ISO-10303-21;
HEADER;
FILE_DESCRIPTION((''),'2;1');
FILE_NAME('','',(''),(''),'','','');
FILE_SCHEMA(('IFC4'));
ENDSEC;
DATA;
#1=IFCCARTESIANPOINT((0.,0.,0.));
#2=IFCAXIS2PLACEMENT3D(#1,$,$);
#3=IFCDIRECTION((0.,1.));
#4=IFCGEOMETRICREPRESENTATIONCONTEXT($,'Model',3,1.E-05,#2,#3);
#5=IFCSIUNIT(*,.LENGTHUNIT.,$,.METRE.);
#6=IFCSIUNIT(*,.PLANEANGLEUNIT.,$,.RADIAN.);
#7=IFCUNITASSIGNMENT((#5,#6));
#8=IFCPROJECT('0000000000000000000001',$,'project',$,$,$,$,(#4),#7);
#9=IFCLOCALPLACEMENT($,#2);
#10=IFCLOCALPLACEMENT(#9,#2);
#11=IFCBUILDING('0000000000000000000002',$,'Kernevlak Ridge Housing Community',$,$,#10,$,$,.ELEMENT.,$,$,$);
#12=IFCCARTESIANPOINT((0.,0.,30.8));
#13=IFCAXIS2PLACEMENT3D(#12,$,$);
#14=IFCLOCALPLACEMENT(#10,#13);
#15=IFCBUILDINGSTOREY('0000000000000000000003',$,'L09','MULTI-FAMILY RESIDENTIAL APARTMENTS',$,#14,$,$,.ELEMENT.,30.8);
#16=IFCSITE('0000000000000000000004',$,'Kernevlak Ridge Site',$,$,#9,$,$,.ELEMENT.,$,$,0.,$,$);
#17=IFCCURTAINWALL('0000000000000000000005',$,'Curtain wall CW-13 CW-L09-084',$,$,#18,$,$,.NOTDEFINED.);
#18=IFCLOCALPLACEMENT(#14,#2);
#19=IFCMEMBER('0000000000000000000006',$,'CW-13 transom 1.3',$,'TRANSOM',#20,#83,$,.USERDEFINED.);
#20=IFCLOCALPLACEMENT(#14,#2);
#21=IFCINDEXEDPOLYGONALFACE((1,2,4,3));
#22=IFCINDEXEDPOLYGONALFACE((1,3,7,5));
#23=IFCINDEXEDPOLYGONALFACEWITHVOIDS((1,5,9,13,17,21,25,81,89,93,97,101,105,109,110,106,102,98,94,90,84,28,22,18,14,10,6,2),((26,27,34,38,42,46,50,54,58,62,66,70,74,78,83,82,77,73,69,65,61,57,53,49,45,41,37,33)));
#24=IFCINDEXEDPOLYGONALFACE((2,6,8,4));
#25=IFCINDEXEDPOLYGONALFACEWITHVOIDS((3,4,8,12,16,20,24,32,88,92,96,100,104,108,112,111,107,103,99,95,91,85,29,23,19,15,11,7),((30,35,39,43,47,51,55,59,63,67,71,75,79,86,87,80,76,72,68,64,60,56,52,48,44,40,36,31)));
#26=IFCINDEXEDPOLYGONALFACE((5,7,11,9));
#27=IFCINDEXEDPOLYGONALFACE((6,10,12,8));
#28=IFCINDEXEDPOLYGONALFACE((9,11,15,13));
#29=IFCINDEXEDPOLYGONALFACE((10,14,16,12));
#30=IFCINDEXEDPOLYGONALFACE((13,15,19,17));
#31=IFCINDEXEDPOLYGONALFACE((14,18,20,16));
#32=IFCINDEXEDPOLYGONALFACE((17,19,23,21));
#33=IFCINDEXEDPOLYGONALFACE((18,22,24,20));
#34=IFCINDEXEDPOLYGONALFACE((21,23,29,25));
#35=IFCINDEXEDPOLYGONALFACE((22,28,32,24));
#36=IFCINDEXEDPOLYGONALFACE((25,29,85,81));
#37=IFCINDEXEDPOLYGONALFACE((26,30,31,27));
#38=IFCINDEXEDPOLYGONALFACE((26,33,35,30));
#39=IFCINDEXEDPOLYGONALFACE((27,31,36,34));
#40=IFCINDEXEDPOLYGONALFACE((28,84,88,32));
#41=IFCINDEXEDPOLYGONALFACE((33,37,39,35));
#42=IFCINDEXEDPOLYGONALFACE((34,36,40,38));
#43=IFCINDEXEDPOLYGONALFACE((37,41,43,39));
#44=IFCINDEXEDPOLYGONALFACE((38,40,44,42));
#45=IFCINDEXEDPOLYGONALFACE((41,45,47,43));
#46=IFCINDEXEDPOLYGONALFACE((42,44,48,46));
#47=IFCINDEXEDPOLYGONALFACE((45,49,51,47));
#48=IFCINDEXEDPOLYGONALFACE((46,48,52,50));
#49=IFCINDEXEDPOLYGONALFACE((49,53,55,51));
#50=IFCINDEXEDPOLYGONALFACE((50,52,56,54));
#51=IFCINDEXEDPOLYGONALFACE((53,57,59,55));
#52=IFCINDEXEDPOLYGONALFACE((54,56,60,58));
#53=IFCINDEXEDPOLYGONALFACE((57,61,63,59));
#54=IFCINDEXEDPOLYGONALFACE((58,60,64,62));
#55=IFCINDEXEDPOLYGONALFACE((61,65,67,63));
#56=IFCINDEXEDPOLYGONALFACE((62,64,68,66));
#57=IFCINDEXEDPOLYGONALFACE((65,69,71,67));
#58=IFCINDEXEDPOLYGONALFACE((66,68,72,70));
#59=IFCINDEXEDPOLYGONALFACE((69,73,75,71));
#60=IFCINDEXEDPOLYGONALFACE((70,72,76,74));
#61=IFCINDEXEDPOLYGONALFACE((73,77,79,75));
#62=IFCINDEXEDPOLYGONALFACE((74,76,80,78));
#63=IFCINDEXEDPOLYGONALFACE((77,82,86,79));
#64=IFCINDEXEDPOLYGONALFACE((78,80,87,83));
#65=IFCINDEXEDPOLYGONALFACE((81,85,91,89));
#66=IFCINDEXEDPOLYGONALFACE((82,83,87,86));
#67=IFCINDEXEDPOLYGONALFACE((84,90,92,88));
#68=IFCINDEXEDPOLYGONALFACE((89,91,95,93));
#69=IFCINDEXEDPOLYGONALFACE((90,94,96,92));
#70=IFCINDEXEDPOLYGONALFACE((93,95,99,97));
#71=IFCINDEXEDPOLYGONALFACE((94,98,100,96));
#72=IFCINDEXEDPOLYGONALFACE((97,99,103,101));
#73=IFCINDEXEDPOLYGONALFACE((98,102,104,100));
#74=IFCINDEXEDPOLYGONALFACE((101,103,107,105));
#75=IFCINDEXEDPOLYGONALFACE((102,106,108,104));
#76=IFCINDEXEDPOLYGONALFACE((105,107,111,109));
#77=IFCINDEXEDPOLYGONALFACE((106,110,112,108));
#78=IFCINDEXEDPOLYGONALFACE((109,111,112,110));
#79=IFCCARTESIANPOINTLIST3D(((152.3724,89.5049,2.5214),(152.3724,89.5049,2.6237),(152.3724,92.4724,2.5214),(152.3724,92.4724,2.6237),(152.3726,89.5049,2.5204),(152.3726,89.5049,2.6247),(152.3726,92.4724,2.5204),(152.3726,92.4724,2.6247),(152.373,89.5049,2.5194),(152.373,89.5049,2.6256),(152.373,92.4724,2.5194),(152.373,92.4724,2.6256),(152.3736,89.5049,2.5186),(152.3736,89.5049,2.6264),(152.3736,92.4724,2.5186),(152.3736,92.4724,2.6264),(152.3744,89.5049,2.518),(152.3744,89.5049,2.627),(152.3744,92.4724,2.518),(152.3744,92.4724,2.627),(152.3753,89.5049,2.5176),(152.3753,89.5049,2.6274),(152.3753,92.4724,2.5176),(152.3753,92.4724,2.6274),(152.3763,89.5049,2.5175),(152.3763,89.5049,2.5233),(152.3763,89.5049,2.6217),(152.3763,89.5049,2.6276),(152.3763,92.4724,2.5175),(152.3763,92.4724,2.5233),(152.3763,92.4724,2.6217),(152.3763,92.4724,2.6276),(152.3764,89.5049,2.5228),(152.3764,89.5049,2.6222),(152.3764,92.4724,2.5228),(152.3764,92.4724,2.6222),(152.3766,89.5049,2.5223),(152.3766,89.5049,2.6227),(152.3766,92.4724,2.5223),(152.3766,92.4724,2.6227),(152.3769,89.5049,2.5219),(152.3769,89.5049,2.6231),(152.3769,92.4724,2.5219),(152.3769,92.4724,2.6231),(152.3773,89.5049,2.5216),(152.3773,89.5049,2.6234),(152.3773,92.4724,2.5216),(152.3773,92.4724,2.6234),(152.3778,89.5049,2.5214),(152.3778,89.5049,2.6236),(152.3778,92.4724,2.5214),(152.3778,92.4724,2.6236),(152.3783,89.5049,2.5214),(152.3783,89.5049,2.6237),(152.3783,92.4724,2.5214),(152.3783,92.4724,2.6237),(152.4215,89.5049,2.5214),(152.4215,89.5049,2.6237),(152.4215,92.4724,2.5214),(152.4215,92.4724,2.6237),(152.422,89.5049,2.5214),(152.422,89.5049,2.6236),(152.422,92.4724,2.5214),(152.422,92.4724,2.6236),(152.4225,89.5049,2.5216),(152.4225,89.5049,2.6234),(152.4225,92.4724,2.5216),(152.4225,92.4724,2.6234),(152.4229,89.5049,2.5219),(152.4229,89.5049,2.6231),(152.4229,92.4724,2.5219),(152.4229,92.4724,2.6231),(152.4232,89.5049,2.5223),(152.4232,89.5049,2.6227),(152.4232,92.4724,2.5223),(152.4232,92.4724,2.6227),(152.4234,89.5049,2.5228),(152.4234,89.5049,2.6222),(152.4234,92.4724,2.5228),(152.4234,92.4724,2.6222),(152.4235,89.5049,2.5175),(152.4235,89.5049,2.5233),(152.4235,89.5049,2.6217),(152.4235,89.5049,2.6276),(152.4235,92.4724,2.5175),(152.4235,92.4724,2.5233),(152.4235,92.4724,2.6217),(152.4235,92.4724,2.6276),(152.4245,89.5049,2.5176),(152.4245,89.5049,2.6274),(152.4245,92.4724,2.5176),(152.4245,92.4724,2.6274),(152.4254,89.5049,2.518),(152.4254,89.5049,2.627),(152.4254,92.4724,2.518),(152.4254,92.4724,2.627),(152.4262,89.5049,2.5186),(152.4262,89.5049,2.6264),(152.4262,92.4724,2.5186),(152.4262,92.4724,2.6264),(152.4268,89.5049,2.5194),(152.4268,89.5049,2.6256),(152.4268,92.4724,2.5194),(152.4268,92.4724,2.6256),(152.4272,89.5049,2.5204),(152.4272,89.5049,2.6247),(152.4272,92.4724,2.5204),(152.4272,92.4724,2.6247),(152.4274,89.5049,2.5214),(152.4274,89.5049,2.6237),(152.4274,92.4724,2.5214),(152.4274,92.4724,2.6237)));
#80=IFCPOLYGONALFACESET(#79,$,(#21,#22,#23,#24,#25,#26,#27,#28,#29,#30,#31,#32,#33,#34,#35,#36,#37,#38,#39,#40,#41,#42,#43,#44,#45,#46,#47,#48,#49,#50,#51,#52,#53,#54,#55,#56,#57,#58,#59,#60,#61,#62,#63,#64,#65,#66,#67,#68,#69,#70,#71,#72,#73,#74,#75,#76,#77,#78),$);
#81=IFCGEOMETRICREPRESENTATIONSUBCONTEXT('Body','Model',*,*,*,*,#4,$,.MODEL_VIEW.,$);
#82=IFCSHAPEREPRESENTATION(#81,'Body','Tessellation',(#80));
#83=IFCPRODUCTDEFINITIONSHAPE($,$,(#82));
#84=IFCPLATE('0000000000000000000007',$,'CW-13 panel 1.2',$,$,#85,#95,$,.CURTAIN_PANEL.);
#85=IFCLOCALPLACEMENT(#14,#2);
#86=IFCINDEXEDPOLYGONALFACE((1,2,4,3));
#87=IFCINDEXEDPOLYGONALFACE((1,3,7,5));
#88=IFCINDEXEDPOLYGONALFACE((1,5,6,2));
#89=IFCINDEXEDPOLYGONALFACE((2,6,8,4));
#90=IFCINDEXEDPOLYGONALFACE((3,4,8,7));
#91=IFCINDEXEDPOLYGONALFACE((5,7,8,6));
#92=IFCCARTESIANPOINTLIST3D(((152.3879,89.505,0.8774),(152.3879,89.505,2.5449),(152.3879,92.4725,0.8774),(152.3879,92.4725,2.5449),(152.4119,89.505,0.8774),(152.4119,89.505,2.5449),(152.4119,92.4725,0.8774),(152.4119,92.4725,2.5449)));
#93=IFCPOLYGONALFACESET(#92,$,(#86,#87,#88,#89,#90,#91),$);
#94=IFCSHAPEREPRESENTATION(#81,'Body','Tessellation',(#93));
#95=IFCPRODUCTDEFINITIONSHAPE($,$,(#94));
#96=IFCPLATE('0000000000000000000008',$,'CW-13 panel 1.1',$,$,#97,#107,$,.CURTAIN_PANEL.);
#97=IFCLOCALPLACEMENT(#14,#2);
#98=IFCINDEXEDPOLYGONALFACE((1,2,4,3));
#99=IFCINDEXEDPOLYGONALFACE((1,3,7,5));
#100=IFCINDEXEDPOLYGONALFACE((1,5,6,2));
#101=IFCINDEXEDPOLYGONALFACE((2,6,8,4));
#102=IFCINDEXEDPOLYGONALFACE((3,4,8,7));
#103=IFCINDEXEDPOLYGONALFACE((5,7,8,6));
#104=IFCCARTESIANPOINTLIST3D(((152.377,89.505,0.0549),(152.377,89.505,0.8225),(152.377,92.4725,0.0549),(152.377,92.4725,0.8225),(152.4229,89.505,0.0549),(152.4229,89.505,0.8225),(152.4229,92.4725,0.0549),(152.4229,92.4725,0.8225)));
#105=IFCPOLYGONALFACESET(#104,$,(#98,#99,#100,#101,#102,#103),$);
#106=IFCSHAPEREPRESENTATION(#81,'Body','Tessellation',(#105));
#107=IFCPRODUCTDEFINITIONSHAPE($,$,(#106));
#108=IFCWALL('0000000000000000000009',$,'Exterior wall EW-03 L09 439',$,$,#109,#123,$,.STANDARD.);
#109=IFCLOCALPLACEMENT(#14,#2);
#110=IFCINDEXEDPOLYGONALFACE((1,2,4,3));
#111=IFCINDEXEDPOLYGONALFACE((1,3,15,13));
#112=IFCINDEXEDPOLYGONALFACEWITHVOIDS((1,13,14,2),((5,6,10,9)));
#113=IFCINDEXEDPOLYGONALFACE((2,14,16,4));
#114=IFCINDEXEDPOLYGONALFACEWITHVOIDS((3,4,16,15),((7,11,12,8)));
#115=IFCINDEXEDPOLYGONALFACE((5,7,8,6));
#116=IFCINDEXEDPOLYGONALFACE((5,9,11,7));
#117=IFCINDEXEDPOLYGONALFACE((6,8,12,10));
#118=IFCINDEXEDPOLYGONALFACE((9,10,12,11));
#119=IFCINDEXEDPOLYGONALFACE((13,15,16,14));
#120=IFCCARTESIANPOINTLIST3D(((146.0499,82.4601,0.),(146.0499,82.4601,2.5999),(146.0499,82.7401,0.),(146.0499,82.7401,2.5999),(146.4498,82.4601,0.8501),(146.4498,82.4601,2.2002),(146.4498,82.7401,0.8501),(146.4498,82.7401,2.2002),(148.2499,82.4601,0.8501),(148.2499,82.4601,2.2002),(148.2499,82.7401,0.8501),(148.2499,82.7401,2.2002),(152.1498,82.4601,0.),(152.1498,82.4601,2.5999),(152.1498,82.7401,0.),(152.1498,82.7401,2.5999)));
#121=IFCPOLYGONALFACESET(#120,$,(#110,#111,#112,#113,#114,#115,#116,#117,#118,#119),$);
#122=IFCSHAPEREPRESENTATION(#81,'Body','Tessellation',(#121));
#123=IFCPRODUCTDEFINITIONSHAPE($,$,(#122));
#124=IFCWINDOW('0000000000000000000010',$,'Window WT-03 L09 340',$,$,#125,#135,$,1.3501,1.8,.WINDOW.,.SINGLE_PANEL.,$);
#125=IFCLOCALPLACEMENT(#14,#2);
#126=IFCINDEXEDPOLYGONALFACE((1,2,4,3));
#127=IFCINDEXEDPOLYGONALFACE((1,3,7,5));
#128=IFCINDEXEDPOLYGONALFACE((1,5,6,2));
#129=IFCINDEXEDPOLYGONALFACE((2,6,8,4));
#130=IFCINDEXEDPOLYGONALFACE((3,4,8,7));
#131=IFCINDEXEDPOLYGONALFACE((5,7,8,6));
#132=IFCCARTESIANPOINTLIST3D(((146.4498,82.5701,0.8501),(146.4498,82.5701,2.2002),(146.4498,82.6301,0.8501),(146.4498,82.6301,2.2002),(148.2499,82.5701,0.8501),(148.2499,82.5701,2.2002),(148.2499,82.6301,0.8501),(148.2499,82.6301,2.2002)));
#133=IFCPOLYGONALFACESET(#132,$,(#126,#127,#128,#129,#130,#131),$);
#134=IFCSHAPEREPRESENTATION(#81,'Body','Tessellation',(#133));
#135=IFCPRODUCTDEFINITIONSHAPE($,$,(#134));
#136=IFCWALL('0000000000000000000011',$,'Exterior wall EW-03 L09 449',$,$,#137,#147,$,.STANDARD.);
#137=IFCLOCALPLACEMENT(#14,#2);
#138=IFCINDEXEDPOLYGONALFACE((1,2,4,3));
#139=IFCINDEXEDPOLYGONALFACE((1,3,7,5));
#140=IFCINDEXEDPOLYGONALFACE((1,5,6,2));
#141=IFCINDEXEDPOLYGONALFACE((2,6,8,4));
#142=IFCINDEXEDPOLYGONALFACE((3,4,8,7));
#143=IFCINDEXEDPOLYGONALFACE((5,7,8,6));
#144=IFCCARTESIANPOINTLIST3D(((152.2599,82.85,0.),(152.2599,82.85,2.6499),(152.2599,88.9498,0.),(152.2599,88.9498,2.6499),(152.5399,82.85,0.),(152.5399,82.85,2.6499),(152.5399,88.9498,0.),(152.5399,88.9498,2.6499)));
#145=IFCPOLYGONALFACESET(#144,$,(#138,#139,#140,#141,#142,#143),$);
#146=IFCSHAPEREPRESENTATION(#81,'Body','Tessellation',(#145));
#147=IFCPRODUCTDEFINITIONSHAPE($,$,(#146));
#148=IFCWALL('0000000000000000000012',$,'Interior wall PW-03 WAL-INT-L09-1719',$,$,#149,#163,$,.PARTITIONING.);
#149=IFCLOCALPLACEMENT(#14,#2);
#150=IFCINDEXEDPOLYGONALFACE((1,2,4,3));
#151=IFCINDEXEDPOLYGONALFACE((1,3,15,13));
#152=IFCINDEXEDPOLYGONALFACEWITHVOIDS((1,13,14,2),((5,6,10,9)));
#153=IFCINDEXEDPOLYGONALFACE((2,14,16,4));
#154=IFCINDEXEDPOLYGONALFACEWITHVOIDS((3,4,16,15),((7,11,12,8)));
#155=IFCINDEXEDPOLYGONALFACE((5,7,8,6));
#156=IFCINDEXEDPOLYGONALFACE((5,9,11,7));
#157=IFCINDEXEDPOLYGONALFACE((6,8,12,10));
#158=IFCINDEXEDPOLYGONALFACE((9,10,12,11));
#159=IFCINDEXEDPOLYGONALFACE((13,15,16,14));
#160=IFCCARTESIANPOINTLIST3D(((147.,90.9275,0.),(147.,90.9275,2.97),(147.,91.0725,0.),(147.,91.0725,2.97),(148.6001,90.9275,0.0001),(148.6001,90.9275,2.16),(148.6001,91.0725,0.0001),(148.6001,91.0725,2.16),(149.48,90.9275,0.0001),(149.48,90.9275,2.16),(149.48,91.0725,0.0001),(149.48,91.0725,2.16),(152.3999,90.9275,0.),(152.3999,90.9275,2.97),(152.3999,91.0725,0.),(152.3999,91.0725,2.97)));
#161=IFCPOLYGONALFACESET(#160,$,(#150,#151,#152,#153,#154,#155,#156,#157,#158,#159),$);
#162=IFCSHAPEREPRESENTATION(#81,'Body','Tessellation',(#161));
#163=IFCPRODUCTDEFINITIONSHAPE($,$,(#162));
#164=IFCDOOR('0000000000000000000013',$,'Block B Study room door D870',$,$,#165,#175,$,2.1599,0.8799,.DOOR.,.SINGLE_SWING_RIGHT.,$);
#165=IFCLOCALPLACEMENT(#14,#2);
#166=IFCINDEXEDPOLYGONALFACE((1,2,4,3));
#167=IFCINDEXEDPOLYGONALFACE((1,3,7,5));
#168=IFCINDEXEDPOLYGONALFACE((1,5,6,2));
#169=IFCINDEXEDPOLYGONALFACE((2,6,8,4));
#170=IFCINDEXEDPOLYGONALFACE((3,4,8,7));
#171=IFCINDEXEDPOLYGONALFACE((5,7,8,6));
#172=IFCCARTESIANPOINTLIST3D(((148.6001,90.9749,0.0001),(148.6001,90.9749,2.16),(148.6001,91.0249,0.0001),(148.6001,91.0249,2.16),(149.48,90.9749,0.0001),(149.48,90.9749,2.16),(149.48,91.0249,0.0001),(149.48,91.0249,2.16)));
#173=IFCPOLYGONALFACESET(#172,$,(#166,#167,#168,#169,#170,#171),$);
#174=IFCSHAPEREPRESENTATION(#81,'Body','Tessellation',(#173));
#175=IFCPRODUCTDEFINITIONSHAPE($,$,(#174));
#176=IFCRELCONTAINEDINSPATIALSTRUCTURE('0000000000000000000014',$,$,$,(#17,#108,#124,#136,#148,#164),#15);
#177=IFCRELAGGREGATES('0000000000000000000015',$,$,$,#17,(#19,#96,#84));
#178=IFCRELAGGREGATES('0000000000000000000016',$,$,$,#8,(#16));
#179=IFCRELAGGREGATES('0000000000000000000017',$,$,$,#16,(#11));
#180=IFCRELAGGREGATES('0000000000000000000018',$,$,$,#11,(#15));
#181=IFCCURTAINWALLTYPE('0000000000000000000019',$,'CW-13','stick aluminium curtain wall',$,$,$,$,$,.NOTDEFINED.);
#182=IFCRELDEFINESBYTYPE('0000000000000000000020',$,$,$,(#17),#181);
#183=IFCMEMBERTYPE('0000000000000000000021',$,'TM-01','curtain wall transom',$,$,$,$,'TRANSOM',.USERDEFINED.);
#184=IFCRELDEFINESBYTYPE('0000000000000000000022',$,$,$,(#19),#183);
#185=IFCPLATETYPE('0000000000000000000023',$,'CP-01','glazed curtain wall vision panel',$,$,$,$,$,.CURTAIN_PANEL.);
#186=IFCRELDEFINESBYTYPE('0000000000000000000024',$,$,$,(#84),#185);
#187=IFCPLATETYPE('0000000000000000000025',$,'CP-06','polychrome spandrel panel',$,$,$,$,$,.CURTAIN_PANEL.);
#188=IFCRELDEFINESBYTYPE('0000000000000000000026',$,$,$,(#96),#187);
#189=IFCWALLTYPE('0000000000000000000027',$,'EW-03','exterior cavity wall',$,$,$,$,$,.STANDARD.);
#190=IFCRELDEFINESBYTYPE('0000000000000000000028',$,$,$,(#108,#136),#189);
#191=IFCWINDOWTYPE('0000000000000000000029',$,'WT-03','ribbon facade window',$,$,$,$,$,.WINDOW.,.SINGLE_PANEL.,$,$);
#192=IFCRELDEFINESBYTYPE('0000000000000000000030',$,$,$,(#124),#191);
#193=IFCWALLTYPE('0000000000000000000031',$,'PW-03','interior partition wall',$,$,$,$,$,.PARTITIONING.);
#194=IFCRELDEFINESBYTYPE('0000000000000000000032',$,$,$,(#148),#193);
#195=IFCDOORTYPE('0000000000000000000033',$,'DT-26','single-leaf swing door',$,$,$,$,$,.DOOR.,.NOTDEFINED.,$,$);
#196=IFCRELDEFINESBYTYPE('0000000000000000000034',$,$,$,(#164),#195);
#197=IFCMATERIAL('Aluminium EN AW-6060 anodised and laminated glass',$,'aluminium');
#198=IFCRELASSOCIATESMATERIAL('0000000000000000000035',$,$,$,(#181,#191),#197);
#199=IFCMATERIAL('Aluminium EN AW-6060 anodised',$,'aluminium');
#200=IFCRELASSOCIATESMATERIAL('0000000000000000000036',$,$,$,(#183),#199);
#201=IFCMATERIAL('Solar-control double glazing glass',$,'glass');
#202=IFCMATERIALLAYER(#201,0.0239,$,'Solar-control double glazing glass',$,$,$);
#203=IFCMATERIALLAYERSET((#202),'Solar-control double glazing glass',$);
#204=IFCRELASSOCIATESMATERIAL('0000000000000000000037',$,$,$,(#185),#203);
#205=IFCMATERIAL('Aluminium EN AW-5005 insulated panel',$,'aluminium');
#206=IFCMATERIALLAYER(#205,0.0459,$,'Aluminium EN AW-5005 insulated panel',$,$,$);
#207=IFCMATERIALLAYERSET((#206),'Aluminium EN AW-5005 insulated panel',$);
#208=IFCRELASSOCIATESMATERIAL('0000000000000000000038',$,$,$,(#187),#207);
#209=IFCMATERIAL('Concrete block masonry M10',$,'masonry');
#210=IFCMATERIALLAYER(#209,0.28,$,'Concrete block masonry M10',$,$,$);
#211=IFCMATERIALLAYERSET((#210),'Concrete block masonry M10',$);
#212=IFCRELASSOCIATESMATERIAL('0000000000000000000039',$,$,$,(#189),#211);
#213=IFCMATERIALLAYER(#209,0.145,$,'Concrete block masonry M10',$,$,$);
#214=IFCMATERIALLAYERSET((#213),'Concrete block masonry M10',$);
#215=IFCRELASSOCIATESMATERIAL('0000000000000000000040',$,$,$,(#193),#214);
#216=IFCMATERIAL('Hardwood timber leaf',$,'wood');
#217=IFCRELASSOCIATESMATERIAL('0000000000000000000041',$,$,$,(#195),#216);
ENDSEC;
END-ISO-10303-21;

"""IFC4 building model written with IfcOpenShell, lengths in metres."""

from ifc_helpers import new_model, si_unit, direction, frame, frame_2d, origin, origin_2d, place, context, subcontext, project, spatial, rectangle, hollow_rectangle, extrude, material, layer, layer_set, material_profile, profile_set, type_object, element, fill, aggregate, save


model = new_model("IFC4")

# Units and contexts
model_context = context("Model", 3, precision=1e-05, world=origin(), true_north=direction((0.0, 1.0)))
body_context = subcontext(model_context, "Body", "Model", "MODEL_VIEW")
ifc_project = project(units=[si_unit("LENGTHUNIT", "METRE"), si_unit("PLANEANGLEUNIT", "RADIAN")], contexts=[model_context])

# Site, building, storey
site_placement = place(None, origin())
site = spatial("IfcSite", under=ifc_project, at=site_placement, Name="Kernevlak Ridge Site", CompositionType="ELEMENT", RefElevation=0.0)
building_placement = place(site_placement, origin())
building = spatial("IfcBuilding", under=site, at=building_placement, Name="Kernevlak Ridge Housing Community", CompositionType="ELEMENT")
storey_placement = place(building_placement, frame((0.0, 0.0, 30.8)))
storey = spatial("IfcBuildingStorey", under=building, at=storey_placement, Name="L09", Description="MULTI-FAMILY RESIDENTIAL APARTMENTS", CompositionType="ELEMENT", Elevation=30.8)

# Curtain wall
ifc_material_1 = material(Name="Aluminium EN AW-6060 anodised and laminated glass", Category="aluminium")
curtain_wall_type = type_object("IfcCurtainWallType", Name="CW-13", Description="stick aluminium curtain wall", PredefinedType="NOTDEFINED", material=ifc_material_1)
curtain_wall_placement = place(storey_placement, origin())
curtain_wall = element("IfcCurtainWall", 1, at=curtain_wall_placement, inside=storey, type_object=curtain_wall_type, Name="Curtain wall CW-13 CW-L09-084", PredefinedType="NOTDEFINED")
ifc_material_2 = material(Name="Aluminium EN AW-6060 anodised", Category="aluminium")

# Member
ifc_material_profile_1 = material_profile(ifc_material_2, hollow_rectangle(XDim=0.0549, YDim=0.1101, WallThickness=0.0039, InnerFilletRadius=0.002, OuterFilletRadius=0.0039, at=origin_2d()), Name="ALU 55x110x4")
ifc_profile_set_1 = profile_set([ifc_material_profile_1], Name="Aluminium EN AW-6060 anodised")
member_type_1 = type_object("IfcMemberType", Name="TM-01", Description="curtain wall transom", ElementType="TRANSOM", PredefinedType="USERDEFINED", material=ifc_profile_set_1)
member_1_placement = place(storey_placement, frame((152.3999, 89.5049, 2.5725), z_axis=(0.0, 1.0, 0.0), x_axis=(-1.0, 0.0, 0.0)))
member_1 = element("IfcMember", 2, at=member_1_placement, type_object=member_type_1, Name="CW-13 transom 1.3", ObjectType="TRANSOM", PredefinedType="USERDEFINED", context=body_context, shape_type="SweptSolid", body=[
    extrude(hollow_rectangle(XDim=0.0549, YDim=0.1101, WallThickness=0.0039, InnerFilletRadius=0.002, OuterFilletRadius=0.0039, at=origin_2d()), origin(), (0.0, 0.0, 1.0), 2.9675),
])

# Plates
ifc_material_3 = material(Name="Solar-control double glazing glass", Category="glass")
ifc_layer_1 = layer(ifc_material_3, 0.0239, Name="Solar-control double glazing glass")
ifc_layer_set_1 = layer_set([ifc_layer_1], Name="Solar-control double glazing glass")
plate_type_1 = type_object("IfcPlateType", Name="CP-01", Description="glazed curtain wall vision panel", PredefinedType="CURTAIN_PANEL", material=ifc_layer_set_1)
plate_1_placement = place(storey_placement, frame((152.3999, 90.9888, 0.8774), z_axis=(0.0, 0.0, 1.0), x_axis=(0.0, 1.0, 0.0)))
plate_1 = element("IfcPlate", 3, at=plate_1_placement, type_object=plate_type_1, Name="CW-13 panel 1.2", PredefinedType="CURTAIN_PANEL", context=body_context, shape_type="SweptSolid", body=[
    extrude(rectangle(XDim=2.9675, YDim=0.0239, at=origin_2d()), origin(), (0.0, 0.0, 1.0), 1.6675),
])
ifc_material_4 = material(Name="Aluminium EN AW-5005 insulated panel", Category="aluminium")
ifc_layer_2 = layer(ifc_material_4, 0.0459, Name="Aluminium EN AW-5005 insulated panel")
ifc_layer_set_2 = layer_set([ifc_layer_2], Name="Aluminium EN AW-5005 insulated panel")
plate_type_2 = type_object("IfcPlateType", Name="CP-06", Description="polychrome spandrel panel", PredefinedType="CURTAIN_PANEL", material=ifc_layer_set_2)
plate_2_placement = place(storey_placement, frame((152.3999, 90.9888, 0.0549), z_axis=(0.0, 0.0, 1.0), x_axis=(0.0, 1.0, 0.0)))
plate_2 = element("IfcPlate", 4, at=plate_2_placement, type_object=plate_type_2, Name="CW-13 panel 1.1", PredefinedType="CURTAIN_PANEL", context=body_context, shape_type="SweptSolid", body=[
    extrude(rectangle(XDim=2.9675, YDim=0.0459, at=origin_2d()), origin(), (0.0, 0.0, 1.0), 0.7676),
])
aggregate(curtain_wall, [member_1, plate_2, plate_1])

# Wall, opening, window
ifc_material_5 = material(Name="Concrete block masonry M10", Category="masonry")
ifc_layer_3 = layer(ifc_material_5, 0.28, Name="Concrete block masonry M10")
ifc_layer_set_3 = layer_set([ifc_layer_3], Name="Concrete block masonry M10")
wall_type_1 = type_object("IfcWallType", Name="EW-03", Description="exterior cavity wall", PredefinedType="STANDARD", material=ifc_layer_set_3)
wall_1_placement = place(storey_placement, frame((146.05, 82.6001, 0.0), z_axis=(0.0, 0.0, 1.0), x_axis=(1.0, 0.0, 0.0)))
wall_1 = element("IfcWall", 5, at=wall_1_placement, inside=storey, type_object=wall_type_1, Name="Exterior wall EW-03 L09 439", PredefinedType="STANDARD", context=body_context, shape_type="SweptSolid", body=[
    extrude(rectangle(XDim=6.0999, YDim=0.28, at=frame_2d((3.0498, 0.0))), origin(), (0.0, 0.0, 1.0), 2.5999),
])
opening_1_placement = place(wall_1_placement, frame((0.3999, 0.0, 0.8501)))
opening_1 = element("IfcOpeningElement", 6, at=opening_1_placement, cuts=wall_1, PredefinedType="OPENING", context=body_context, shape_type="SweptSolid", body=[
    extrude(rectangle(XDim=1.8, YDim=1.3501, at=frame_2d((0.8999, 0.675))), frame((0.0, 0.1499, 0.0), z_axis=(0.0, -1.0, 0.0), x_axis=(1.0, 0.0, 0.0)), (0.0, 0.0, 1.0), 0.3),
])
window_type = type_object("IfcWindowType", Name="WT-03", Description="ribbon facade window", PartitioningType="SINGLE_PANEL", PredefinedType="WINDOW", material=ifc_material_1)
window_placement = place(opening_1_placement, origin())
window = element("IfcWindow", 7, at=window_placement, inside=storey, type_object=window_type, Name="Window WT-03 L09 340", OverallHeight=1.3501, OverallWidth=1.8, PartitioningType="SINGLE_PANEL", PredefinedType="WINDOW", context=body_context, shape_type="SweptSolid", body=[
    extrude(rectangle(XDim=1.8, YDim=1.3501, at=frame_2d((0.8999, 0.675))), frame((0.0, 0.03, 0.0), z_axis=(0.0, -1.0, 0.0), x_axis=(1.0, 0.0, 0.0)), (0.0, 0.0, 1.0), 0.0601),
])
fill(opening_1, window)

# Wall
wall_2_placement = place(storey_placement, frame((152.3999, 82.8501, 0.0), z_axis=(0.0, 0.0, 1.0), x_axis=(0.0, 1.0, 0.0)))
element("IfcWall", 8, at=wall_2_placement, inside=storey, type_object=wall_type_1, Name="Exterior wall EW-03 L09 449", PredefinedType="STANDARD", context=body_context, shape_type="SweptSolid", body=[
    extrude(rectangle(XDim=6.0999, YDim=0.28, at=frame_2d((3.0498, 0.0))), origin(), (0.0, 0.0, 1.0), 2.6499),
])

# Wall, opening, door
ifc_layer_4 = layer(ifc_material_5, 0.145, Name="Concrete block masonry M10")
ifc_layer_set_4 = layer_set([ifc_layer_4], Name="Concrete block masonry M10")
wall_type_2 = type_object("IfcWallType", Name="PW-03", Description="interior partition wall", PredefinedType="PARTITIONING", material=ifc_layer_set_4)
wall_3_placement = place(storey_placement, frame((147.0, 91.0, 0.0), z_axis=(0.0, 0.0, 1.0), x_axis=(1.0, 0.0, 0.0)))
wall_3 = element("IfcWall", 9, at=wall_3_placement, inside=storey, type_object=wall_type_2, Name="Interior wall PW-03 WAL-INT-L09-1719", PredefinedType="PARTITIONING", context=body_context, shape_type="SweptSolid", body=[
    extrude(rectangle(XDim=5.3999, YDim=0.145, at=frame_2d((2.7, 0.0))), origin(), (0.0, 0.0, 1.0), 2.97),
])
opening_2_placement = place(wall_3_placement, frame((1.6001, 0.0, 0.0)))
opening_2 = element("IfcOpeningElement", 10, at=opening_2_placement, cuts=wall_3, PredefinedType="OPENING", context=body_context, shape_type="SweptSolid", body=[
    extrude(rectangle(XDim=0.8799, YDim=2.1599, at=frame_2d((0.4399, 1.0801))), frame((0.0, 0.0825, 0.0), z_axis=(0.0, -1.0, 0.0), x_axis=(1.0, 0.0, 0.0)), (0.0, 0.0, 1.0), 0.165),
])
ifc_material_6 = material(Name="Hardwood timber leaf", Category="wood")
door_type_1 = type_object("IfcDoorType", Name="DT-26", Description="single-leaf swing door", OperationType="NOTDEFINED", PredefinedType="DOOR", material=ifc_material_6)
door_1_placement = place(opening_2_placement, origin())
door_1 = element("IfcDoor", 11, at=door_1_placement, inside=storey, type_object=door_type_1, Name="Block B Study room door D870", OperationType="SINGLE_SWING_RIGHT", OverallHeight=2.1599, OverallWidth=0.8799, PredefinedType="DOOR", context=body_context, shape_type="SweptSolid", body=[
    extrude(rectangle(XDim=0.8799, YDim=2.1599, at=frame_2d((0.4399, 1.0801))), frame((0.0, 0.0249, 0.0), z_axis=(0.0, -1.0, 0.0), x_axis=(1.0, 0.0, 0.0)), (0.0, 0.0, 1.0), 0.05),
])
fill(opening_2, door_1)

save(model, "model.ifc")
